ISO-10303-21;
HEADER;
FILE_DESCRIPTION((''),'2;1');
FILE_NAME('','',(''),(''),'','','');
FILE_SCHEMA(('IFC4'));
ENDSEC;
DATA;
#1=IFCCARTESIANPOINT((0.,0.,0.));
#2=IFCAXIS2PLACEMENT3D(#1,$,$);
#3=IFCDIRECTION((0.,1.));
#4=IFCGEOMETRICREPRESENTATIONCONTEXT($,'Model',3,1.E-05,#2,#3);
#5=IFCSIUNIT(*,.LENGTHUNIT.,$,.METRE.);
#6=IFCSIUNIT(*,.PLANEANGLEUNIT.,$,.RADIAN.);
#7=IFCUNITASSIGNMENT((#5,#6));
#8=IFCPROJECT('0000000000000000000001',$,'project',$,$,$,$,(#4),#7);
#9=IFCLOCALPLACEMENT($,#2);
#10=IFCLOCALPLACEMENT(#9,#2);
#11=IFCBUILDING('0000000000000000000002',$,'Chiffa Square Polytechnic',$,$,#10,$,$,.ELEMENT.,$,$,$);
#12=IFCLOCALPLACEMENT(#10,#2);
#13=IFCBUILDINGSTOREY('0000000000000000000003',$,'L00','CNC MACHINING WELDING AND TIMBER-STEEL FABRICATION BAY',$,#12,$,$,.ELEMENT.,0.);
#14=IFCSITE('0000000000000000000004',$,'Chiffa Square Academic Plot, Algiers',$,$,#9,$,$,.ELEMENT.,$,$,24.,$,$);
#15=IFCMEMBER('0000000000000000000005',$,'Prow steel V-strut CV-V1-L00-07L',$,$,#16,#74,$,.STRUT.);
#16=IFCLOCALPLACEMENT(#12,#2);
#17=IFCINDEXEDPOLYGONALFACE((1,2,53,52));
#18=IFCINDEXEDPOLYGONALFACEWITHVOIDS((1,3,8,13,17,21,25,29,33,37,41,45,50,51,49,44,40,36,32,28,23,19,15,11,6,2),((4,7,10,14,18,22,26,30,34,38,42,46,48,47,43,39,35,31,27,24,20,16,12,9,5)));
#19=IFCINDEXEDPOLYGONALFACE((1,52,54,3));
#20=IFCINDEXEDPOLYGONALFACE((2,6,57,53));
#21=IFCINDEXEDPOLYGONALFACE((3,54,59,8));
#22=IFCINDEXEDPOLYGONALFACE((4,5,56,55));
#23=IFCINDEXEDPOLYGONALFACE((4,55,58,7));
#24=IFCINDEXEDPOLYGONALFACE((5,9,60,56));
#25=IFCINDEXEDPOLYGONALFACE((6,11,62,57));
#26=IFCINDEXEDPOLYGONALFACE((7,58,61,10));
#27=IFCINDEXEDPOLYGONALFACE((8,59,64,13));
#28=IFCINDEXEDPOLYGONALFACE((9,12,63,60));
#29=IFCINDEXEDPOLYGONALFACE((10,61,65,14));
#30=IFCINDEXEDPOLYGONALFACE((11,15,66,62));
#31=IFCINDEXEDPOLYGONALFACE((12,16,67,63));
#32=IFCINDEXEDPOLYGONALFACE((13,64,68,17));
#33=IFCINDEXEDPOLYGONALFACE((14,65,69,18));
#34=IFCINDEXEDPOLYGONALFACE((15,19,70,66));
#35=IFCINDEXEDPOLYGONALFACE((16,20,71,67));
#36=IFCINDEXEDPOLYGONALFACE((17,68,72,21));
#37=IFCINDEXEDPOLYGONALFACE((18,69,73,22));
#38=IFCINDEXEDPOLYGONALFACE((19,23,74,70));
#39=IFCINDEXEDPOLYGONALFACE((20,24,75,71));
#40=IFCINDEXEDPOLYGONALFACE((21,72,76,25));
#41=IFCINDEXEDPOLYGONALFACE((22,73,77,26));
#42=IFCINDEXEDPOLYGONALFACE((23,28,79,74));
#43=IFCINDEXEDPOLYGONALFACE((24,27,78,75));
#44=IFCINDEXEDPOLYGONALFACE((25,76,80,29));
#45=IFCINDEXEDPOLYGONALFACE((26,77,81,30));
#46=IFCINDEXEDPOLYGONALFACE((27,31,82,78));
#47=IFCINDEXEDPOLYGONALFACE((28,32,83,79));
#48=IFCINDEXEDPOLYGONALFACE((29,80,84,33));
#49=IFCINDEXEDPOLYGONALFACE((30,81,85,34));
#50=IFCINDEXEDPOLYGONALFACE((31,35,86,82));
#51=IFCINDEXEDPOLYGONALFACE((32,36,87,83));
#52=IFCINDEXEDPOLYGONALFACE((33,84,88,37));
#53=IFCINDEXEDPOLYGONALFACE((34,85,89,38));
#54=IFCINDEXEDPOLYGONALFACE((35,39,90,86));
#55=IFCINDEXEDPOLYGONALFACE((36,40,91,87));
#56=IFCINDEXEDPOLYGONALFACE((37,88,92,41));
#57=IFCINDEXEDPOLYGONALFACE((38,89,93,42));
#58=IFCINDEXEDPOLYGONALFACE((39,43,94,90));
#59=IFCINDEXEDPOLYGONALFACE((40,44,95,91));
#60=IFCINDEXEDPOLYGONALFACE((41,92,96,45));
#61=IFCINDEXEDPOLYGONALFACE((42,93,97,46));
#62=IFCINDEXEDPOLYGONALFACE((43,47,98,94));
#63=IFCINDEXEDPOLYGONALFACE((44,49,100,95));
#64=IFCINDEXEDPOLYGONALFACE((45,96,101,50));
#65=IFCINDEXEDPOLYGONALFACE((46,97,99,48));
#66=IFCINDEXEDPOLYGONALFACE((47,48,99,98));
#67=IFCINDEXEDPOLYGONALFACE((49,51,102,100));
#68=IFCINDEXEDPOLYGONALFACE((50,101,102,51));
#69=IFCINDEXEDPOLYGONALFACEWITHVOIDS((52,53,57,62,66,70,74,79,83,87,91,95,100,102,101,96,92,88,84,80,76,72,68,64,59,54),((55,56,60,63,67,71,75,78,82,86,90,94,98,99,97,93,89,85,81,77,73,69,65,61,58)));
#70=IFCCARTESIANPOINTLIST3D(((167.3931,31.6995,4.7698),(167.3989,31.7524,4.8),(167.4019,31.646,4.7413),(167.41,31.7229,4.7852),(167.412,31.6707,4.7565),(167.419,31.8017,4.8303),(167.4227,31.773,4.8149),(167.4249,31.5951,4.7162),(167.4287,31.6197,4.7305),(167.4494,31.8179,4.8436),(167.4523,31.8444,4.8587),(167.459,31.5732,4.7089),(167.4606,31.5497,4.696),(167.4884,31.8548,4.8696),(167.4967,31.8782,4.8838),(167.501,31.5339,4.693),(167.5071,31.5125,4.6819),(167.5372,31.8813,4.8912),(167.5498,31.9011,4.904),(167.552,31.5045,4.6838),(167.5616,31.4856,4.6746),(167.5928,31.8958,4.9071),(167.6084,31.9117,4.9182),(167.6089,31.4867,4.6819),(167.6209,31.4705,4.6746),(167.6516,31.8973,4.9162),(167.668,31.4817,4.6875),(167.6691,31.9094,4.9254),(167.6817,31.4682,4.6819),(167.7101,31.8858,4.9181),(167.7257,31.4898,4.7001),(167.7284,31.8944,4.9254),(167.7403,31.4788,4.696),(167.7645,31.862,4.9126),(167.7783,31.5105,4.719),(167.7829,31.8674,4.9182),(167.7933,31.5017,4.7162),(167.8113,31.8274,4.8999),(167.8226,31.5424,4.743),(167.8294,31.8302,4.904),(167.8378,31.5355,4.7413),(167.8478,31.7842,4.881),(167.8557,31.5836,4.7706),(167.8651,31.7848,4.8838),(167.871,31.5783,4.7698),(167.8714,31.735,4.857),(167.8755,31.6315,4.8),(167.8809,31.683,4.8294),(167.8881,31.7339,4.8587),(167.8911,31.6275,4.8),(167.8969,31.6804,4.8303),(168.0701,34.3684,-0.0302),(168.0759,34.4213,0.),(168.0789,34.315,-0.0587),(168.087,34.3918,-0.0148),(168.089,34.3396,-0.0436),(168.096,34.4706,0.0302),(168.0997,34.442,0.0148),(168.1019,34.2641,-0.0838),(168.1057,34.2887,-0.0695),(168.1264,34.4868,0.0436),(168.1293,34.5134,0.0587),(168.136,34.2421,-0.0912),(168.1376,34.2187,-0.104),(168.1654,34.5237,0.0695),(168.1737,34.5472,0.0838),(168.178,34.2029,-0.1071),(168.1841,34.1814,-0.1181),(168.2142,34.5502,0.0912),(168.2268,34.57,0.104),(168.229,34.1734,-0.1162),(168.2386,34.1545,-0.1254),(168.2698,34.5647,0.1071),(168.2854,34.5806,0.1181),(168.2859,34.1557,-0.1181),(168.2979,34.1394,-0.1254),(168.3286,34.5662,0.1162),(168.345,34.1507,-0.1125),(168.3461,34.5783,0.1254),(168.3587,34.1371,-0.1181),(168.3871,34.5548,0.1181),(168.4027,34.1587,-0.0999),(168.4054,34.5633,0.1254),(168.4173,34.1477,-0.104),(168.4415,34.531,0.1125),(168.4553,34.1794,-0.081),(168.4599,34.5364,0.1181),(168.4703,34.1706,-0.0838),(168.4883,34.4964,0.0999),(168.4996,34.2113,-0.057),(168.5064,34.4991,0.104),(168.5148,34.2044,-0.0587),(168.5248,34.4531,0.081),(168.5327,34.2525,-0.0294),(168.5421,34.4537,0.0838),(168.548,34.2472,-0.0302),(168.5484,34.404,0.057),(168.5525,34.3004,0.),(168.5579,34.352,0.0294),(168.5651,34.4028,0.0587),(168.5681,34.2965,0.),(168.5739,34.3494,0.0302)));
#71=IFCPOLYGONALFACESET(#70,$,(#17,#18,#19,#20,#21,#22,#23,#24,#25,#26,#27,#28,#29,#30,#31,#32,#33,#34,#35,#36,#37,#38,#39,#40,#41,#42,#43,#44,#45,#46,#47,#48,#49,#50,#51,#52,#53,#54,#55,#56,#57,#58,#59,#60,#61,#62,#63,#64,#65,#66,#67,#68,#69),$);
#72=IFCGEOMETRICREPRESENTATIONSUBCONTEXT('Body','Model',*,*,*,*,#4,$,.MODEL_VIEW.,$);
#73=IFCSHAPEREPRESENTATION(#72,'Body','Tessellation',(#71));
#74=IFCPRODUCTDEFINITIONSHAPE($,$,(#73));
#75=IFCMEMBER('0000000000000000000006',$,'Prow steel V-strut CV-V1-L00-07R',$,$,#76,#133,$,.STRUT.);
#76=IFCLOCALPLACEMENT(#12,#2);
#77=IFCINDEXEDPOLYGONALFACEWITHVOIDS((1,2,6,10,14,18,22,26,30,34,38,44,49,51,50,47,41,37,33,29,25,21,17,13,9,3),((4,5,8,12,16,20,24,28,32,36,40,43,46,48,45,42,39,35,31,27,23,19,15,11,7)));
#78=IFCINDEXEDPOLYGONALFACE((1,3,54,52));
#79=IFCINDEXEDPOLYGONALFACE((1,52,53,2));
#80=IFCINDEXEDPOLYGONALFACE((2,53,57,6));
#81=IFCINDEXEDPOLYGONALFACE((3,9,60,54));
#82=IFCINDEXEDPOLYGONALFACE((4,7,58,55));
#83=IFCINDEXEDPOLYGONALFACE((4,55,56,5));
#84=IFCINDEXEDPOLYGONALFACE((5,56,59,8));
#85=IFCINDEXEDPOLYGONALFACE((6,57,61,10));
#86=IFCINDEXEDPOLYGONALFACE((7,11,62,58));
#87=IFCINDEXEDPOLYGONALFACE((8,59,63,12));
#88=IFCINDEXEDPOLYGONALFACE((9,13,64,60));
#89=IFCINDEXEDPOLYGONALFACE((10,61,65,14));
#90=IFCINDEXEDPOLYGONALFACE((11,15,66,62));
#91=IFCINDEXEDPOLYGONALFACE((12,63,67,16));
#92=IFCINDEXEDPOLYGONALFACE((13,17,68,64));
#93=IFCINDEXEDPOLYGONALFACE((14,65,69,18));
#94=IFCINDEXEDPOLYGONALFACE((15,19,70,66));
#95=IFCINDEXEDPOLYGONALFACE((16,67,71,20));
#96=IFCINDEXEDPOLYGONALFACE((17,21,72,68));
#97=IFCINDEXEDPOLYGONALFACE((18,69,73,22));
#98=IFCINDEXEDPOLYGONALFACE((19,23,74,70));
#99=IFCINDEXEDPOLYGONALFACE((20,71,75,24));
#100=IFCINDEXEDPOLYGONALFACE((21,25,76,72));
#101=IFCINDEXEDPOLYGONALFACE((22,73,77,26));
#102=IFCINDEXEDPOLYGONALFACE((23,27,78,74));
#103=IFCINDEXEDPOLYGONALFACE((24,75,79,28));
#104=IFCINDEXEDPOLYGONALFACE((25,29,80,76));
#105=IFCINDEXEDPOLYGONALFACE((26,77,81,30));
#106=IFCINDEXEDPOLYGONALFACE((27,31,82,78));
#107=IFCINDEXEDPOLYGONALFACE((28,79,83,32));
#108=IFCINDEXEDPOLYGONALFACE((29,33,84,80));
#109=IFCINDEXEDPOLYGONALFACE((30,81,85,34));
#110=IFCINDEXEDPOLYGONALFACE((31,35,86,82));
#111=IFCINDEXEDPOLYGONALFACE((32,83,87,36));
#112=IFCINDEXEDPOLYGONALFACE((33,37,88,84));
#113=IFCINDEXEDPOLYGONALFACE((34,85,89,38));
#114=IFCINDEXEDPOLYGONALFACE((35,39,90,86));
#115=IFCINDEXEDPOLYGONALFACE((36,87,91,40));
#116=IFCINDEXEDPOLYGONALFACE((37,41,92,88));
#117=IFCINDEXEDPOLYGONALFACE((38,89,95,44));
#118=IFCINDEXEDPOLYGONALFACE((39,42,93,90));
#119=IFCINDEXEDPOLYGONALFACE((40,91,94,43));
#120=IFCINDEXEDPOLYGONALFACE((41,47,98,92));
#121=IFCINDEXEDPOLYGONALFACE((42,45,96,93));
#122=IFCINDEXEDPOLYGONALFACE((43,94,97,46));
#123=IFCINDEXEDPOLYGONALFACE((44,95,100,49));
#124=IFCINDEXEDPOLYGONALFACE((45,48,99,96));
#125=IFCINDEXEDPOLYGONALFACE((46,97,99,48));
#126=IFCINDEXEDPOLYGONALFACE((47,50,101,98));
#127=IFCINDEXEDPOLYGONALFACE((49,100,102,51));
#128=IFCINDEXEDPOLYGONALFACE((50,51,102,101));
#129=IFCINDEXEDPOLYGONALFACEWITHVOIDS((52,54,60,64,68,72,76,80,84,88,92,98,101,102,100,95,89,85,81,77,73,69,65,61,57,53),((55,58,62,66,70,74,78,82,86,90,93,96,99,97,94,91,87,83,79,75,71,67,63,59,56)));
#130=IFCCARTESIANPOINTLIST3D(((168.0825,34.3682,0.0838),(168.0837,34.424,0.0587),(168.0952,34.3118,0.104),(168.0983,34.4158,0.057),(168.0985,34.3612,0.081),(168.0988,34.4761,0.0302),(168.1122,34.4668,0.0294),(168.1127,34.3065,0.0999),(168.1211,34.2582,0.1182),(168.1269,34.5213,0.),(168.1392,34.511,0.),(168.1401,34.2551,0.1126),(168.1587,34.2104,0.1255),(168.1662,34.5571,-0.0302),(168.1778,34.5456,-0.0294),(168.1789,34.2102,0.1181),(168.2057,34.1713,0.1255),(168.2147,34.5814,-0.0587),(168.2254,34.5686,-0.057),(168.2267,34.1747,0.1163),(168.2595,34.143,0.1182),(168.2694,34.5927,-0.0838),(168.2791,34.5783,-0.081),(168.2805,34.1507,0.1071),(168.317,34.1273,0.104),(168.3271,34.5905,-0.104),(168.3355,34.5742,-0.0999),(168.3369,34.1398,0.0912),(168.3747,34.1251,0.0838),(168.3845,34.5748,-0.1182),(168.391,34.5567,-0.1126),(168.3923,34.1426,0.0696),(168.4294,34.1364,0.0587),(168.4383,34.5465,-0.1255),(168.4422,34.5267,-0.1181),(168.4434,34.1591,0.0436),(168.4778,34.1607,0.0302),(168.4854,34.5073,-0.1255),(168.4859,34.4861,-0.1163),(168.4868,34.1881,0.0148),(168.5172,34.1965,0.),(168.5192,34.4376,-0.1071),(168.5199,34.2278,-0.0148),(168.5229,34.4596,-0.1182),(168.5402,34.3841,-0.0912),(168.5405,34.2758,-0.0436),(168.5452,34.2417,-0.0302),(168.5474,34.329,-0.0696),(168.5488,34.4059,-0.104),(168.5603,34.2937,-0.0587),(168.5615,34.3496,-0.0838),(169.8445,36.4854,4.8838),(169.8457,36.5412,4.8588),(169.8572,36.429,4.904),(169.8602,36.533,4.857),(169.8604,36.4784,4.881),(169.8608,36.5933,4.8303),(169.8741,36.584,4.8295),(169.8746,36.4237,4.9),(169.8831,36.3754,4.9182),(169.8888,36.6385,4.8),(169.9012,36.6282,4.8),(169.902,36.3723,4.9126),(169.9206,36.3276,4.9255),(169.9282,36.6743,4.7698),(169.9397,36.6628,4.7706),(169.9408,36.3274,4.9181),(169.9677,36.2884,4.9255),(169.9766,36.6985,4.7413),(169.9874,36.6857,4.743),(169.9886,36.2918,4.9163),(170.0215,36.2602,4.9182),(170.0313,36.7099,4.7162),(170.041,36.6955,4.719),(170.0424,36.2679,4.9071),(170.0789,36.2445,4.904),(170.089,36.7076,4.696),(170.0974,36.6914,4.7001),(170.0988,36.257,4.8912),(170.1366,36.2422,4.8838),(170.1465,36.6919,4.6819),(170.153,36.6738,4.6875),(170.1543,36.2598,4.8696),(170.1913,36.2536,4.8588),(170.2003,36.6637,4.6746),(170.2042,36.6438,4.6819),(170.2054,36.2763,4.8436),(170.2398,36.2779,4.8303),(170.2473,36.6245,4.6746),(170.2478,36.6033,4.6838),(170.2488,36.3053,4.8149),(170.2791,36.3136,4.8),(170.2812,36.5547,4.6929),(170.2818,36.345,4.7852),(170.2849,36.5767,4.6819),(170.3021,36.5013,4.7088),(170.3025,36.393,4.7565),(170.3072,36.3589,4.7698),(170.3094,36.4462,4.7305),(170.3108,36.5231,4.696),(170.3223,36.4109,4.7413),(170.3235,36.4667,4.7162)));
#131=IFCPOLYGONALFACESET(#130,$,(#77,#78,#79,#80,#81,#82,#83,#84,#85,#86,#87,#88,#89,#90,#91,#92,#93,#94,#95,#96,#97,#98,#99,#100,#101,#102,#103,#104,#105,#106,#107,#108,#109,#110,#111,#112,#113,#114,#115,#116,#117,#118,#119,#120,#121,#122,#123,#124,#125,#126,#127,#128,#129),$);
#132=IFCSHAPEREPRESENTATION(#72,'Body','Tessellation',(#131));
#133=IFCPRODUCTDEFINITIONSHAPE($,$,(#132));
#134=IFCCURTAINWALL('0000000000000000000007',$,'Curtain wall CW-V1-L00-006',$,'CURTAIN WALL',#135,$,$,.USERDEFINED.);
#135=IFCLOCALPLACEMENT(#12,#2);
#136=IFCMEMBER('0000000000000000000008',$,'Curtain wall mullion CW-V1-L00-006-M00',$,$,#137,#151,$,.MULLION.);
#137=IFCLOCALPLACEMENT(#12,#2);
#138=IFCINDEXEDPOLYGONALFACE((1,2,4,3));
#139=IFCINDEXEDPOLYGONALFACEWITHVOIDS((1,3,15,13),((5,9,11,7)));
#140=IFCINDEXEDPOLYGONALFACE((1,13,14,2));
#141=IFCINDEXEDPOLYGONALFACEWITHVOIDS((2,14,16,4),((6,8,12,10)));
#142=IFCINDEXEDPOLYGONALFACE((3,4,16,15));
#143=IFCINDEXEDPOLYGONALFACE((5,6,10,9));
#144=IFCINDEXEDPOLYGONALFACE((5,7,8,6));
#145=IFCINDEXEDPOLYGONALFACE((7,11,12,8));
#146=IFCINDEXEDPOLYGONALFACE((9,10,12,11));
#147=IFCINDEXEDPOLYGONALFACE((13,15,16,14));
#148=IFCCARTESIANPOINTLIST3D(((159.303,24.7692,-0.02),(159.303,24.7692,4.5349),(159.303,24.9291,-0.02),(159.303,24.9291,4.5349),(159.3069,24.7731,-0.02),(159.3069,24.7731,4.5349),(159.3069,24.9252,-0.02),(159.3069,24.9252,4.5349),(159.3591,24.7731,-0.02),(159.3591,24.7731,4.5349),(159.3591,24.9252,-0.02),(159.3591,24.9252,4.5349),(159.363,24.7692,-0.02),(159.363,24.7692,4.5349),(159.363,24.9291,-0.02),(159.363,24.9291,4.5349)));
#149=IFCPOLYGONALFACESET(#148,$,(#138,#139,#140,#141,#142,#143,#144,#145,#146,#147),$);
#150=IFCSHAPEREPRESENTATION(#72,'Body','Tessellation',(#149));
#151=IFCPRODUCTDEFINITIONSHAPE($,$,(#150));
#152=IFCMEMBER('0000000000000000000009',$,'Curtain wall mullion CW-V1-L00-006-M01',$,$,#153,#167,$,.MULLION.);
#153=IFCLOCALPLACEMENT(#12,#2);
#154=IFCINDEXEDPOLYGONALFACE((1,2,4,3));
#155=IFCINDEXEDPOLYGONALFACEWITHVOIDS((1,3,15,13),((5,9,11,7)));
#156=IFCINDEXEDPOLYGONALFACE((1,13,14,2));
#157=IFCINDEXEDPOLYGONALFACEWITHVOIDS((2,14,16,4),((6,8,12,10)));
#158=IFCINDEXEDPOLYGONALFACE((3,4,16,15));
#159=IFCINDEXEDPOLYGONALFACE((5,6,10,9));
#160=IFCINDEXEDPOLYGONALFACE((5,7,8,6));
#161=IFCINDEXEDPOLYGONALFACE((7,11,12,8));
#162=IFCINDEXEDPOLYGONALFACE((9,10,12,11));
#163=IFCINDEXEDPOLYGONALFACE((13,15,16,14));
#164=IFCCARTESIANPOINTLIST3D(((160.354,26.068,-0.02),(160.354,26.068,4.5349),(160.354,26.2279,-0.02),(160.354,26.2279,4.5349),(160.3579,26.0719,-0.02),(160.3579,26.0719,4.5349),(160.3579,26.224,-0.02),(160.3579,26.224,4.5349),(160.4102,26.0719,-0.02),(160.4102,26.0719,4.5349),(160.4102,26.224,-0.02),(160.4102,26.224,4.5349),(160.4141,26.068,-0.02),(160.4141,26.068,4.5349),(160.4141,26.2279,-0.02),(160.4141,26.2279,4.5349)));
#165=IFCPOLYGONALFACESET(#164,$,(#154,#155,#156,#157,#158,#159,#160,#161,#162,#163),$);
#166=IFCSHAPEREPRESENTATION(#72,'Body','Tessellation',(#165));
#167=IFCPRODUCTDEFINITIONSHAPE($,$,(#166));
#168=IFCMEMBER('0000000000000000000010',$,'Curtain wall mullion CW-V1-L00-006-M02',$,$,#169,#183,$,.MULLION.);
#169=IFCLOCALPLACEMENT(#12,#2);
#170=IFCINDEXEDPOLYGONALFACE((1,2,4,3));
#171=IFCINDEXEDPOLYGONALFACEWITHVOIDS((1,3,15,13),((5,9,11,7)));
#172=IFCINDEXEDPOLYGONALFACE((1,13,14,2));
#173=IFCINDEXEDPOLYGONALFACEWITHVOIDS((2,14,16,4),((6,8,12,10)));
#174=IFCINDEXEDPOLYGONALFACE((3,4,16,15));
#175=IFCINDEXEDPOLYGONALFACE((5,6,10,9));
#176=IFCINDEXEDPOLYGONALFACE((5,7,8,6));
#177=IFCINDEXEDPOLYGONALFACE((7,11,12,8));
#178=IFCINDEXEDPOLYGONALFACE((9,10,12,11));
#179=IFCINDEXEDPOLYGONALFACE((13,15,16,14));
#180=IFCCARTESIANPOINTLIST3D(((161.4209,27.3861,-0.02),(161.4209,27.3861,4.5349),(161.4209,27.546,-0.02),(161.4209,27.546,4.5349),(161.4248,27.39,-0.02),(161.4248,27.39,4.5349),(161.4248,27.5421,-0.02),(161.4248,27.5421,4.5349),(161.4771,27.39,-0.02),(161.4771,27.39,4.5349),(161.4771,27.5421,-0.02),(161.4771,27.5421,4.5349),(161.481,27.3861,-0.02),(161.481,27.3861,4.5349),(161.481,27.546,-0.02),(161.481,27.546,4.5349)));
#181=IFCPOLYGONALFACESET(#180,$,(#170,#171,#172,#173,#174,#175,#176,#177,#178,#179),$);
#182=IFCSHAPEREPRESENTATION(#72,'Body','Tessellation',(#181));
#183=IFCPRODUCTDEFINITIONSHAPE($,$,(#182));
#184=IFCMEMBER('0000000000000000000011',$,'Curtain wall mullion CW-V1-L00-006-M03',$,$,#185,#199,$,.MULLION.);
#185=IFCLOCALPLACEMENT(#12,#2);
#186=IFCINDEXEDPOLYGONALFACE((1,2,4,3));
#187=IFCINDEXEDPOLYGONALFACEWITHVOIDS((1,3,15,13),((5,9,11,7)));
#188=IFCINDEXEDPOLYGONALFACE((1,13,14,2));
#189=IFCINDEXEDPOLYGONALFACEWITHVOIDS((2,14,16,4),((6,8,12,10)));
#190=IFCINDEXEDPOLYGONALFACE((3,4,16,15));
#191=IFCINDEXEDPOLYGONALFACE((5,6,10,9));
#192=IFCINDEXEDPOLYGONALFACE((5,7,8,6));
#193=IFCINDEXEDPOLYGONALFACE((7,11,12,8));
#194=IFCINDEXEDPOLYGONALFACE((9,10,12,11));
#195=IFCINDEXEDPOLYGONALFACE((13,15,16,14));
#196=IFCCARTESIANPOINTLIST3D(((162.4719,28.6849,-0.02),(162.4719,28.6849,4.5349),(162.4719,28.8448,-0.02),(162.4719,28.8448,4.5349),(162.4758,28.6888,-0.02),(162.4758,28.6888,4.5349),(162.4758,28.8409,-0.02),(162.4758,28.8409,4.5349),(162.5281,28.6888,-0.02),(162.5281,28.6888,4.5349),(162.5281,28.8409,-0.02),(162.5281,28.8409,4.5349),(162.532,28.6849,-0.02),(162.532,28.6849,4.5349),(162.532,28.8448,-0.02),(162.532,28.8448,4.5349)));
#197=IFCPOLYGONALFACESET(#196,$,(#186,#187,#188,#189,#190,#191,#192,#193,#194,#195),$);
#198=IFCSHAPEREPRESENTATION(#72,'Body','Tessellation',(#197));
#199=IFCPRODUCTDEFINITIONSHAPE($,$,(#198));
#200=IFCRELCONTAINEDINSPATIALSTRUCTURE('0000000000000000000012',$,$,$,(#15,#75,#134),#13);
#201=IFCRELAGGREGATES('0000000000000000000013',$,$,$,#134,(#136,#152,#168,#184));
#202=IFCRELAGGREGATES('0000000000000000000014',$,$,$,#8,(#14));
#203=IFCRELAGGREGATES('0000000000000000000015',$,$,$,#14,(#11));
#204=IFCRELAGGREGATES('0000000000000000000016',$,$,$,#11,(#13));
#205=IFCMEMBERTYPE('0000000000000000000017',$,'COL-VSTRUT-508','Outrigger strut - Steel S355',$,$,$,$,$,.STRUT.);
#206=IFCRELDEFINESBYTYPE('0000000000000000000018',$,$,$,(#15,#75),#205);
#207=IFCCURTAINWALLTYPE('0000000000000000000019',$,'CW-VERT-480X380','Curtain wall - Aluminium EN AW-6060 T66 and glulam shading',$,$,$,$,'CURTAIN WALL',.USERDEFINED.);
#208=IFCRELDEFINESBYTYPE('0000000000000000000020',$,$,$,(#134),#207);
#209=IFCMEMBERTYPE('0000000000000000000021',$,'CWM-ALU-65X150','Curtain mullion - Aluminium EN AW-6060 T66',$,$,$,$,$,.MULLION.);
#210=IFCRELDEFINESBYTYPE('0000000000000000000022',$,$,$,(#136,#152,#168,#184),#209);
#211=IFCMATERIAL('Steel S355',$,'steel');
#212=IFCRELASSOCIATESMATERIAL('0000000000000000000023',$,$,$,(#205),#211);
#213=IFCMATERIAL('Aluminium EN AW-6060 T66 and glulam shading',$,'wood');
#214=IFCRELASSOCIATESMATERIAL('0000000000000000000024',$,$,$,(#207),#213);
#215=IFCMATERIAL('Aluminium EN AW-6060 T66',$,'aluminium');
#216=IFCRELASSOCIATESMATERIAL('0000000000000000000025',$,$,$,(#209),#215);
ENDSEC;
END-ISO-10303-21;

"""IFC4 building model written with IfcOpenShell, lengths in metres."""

from ifc_helpers import new_model, si_unit, direction, frame, origin, origin_2d, place, context, subcontext, project, spatial, hollow_rectangle, hollow_circle, extrude, material, material_profile, profile_set, type_object, element, aggregate, save


model = new_model("IFC4")

# Units and contexts
model_context = context("Model", 3, precision=1e-05, world=origin(), true_north=direction((0.0, 1.0)))
body_context = subcontext(model_context, "Body", "Model", "MODEL_VIEW")
ifc_project = project(units=[si_unit("LENGTHUNIT", "METRE"), si_unit("PLANEANGLEUNIT", "RADIAN")], contexts=[model_context])

# Site, building, storey
site_placement = place(None, origin())
site = spatial("IfcSite", under=ifc_project, at=site_placement, Name="Chiffa Square Academic Plot, Algiers", CompositionType="ELEMENT", RefElevation=24.0)
building_placement = place(site_placement, origin())
building = spatial("IfcBuilding", under=site, at=building_placement, Name="Chiffa Square Polytechnic", CompositionType="ELEMENT")
storey_placement = place(building_placement, origin())
storey = spatial("IfcBuildingStorey", under=building, at=storey_placement, Name="L00", Description="CNC MACHINING WELDING AND TIMBER-STEEL FABRICATION BAY", CompositionType="ELEMENT", Elevation=0.0)

# Members
ifc_material_1 = material(Name="Steel S355", Category="steel")
ifc_material_profile_1 = material_profile(ifc_material_1, hollow_circle(Radius=0.2539, WallThickness=0.0161, at=origin_2d()), Name="CHS 508x16")
ifc_profile_set_1 = profile_set([ifc_material_profile_1], Name="Steel S355")
member_type_1 = type_object("IfcMemberType", Name="COL-VSTRUT-508", Description="Outrigger strut - Steel S355", PredefinedType="STRUT", material=ifc_profile_set_1)
member_1_placement = place(storey_placement, frame((168.322, 34.3589, 0.0), z_axis=(-0.122341, -0.482306, 0.867418), x_axis=(0.969302, -0.245872, 0.0)))
element("IfcMember", 1, at=member_1_placement, inside=storey, type_object=member_type_1, Name="Prow steel V-strut CV-V1-L00-07L", PredefinedType="STRUT", context=body_context, shape_type="SweptSolid", body=[
    extrude(hollow_circle(Radius=0.2539, WallThickness=0.0161, at=origin_2d()), origin(), (0.0, 0.0, 1.0), 5.5337),
])
member_2_placement = place(storey_placement, frame((168.322, 34.3589, 0.0), z_axis=(0.318377, 0.382564, 0.867342), x_axis=(-0.768642, 0.639679, 0.0)))
element("IfcMember", 2, at=member_2_placement, inside=storey, type_object=member_type_1, Name="Prow steel V-strut CV-V1-L00-07R", PredefinedType="STRUT", context=body_context, shape_type="SweptSolid", body=[
    extrude(hollow_circle(Radius=0.2539, WallThickness=0.0161, at=origin_2d()), origin(), (0.0, 0.0, 1.0), 5.5342),
])

# Curtain wall, members
ifc_material_2 = material(Name="Aluminium EN AW-6060 T66 and glulam shading", Category="wood")
curtain_wall_type_1 = type_object("IfcCurtainWallType", Name="CW-VERT-480X380", Description="Curtain wall - Aluminium EN AW-6060 T66 and glulam shading", ElementType="CURTAIN WALL", PredefinedType="USERDEFINED", material=ifc_material_2)
curtain_wall_1_placement = place(storey_placement, origin())
curtain_wall_1 = element("IfcCurtainWall", 3, at=curtain_wall_1_placement, inside=storey, type_object=curtain_wall_type_1, Name="Curtain wall CW-V1-L00-006", ObjectType="CURTAIN WALL", PredefinedType="USERDEFINED")
ifc_material_3 = material(Name="Aluminium EN AW-6060 T66", Category="aluminium")
ifc_material_profile_2 = material_profile(ifc_material_3, hollow_rectangle(XDim=0.0601, YDim=0.1599, WallThickness=0.0039, at=origin_2d()), Name="ALU 60x160x4")
ifc_profile_set_2 = profile_set([ifc_material_profile_2], Name="Aluminium EN AW-6060 T66")
member_type_2 = type_object("IfcMemberType", Name="CWM-ALU-65X150", Description="Curtain mullion - Aluminium EN AW-6060 T66", PredefinedType="MULLION", material=ifc_profile_set_2)
member_3_placement = place(storey_placement, frame((159.333, 24.8491, -0.02), z_axis=(0.0, 0.0, 1.0), x_axis=(1.0, 0.0, 0.0)))
member_3 = element("IfcMember", 4, at=member_3_placement, type_object=member_type_2, Name="Curtain wall mullion CW-V1-L00-006-M00", PredefinedType="MULLION", context=body_context, shape_type="SweptSolid", body=[
    extrude(hollow_rectangle(XDim=0.0601, YDim=0.1599, WallThickness=0.0039, at=origin_2d()), origin(), (0.0, 0.0, 1.0), 4.5549),
])
member_4_placement = place(storey_placement, frame((160.384, 26.1479, -0.02), z_axis=(0.0, 0.0, 1.0), x_axis=(1.0, 0.0, 0.0)))
member_4 = element("IfcMember", 5, at=member_4_placement, type_object=member_type_2, Name="Curtain wall mullion CW-V1-L00-006-M01", PredefinedType="MULLION", context=body_context, shape_type="SweptSolid", body=[
    extrude(hollow_rectangle(XDim=0.0601, YDim=0.1599, WallThickness=0.0039, at=origin_2d()), origin(), (0.0, 0.0, 1.0), 4.5549),
])
member_5_placement = place(storey_placement, frame((161.4509, 27.4661, -0.02), z_axis=(0.0, 0.0, 1.0), x_axis=(1.0, 0.0, 0.0)))
member_5 = element("IfcMember", 6, at=member_5_placement, type_object=member_type_2, Name="Curtain wall mullion CW-V1-L00-006-M02", PredefinedType="MULLION", context=body_context, shape_type="SweptSolid", body=[
    extrude(hollow_rectangle(XDim=0.0601, YDim=0.1599, WallThickness=0.0039, at=origin_2d()), origin(), (0.0, 0.0, 1.0), 4.5549),
])
member_6_placement = place(storey_placement, frame((162.502, 28.7649, -0.02), z_axis=(0.0, 0.0, 1.0), x_axis=(1.0, 0.0, 0.0)))
member_6 = element("IfcMember", 7, at=member_6_placement, type_object=member_type_2, Name="Curtain wall mullion CW-V1-L00-006-M03", PredefinedType="MULLION", context=body_context, shape_type="SweptSolid", body=[
    extrude(hollow_rectangle(XDim=0.0601, YDim=0.1599, WallThickness=0.0039, at=origin_2d()), origin(), (0.0, 0.0, 1.0), 4.5549),
])

aggregate(curtain_wall_1, [member_3, member_4, member_5, member_6])

save(model, "model.ifc")
